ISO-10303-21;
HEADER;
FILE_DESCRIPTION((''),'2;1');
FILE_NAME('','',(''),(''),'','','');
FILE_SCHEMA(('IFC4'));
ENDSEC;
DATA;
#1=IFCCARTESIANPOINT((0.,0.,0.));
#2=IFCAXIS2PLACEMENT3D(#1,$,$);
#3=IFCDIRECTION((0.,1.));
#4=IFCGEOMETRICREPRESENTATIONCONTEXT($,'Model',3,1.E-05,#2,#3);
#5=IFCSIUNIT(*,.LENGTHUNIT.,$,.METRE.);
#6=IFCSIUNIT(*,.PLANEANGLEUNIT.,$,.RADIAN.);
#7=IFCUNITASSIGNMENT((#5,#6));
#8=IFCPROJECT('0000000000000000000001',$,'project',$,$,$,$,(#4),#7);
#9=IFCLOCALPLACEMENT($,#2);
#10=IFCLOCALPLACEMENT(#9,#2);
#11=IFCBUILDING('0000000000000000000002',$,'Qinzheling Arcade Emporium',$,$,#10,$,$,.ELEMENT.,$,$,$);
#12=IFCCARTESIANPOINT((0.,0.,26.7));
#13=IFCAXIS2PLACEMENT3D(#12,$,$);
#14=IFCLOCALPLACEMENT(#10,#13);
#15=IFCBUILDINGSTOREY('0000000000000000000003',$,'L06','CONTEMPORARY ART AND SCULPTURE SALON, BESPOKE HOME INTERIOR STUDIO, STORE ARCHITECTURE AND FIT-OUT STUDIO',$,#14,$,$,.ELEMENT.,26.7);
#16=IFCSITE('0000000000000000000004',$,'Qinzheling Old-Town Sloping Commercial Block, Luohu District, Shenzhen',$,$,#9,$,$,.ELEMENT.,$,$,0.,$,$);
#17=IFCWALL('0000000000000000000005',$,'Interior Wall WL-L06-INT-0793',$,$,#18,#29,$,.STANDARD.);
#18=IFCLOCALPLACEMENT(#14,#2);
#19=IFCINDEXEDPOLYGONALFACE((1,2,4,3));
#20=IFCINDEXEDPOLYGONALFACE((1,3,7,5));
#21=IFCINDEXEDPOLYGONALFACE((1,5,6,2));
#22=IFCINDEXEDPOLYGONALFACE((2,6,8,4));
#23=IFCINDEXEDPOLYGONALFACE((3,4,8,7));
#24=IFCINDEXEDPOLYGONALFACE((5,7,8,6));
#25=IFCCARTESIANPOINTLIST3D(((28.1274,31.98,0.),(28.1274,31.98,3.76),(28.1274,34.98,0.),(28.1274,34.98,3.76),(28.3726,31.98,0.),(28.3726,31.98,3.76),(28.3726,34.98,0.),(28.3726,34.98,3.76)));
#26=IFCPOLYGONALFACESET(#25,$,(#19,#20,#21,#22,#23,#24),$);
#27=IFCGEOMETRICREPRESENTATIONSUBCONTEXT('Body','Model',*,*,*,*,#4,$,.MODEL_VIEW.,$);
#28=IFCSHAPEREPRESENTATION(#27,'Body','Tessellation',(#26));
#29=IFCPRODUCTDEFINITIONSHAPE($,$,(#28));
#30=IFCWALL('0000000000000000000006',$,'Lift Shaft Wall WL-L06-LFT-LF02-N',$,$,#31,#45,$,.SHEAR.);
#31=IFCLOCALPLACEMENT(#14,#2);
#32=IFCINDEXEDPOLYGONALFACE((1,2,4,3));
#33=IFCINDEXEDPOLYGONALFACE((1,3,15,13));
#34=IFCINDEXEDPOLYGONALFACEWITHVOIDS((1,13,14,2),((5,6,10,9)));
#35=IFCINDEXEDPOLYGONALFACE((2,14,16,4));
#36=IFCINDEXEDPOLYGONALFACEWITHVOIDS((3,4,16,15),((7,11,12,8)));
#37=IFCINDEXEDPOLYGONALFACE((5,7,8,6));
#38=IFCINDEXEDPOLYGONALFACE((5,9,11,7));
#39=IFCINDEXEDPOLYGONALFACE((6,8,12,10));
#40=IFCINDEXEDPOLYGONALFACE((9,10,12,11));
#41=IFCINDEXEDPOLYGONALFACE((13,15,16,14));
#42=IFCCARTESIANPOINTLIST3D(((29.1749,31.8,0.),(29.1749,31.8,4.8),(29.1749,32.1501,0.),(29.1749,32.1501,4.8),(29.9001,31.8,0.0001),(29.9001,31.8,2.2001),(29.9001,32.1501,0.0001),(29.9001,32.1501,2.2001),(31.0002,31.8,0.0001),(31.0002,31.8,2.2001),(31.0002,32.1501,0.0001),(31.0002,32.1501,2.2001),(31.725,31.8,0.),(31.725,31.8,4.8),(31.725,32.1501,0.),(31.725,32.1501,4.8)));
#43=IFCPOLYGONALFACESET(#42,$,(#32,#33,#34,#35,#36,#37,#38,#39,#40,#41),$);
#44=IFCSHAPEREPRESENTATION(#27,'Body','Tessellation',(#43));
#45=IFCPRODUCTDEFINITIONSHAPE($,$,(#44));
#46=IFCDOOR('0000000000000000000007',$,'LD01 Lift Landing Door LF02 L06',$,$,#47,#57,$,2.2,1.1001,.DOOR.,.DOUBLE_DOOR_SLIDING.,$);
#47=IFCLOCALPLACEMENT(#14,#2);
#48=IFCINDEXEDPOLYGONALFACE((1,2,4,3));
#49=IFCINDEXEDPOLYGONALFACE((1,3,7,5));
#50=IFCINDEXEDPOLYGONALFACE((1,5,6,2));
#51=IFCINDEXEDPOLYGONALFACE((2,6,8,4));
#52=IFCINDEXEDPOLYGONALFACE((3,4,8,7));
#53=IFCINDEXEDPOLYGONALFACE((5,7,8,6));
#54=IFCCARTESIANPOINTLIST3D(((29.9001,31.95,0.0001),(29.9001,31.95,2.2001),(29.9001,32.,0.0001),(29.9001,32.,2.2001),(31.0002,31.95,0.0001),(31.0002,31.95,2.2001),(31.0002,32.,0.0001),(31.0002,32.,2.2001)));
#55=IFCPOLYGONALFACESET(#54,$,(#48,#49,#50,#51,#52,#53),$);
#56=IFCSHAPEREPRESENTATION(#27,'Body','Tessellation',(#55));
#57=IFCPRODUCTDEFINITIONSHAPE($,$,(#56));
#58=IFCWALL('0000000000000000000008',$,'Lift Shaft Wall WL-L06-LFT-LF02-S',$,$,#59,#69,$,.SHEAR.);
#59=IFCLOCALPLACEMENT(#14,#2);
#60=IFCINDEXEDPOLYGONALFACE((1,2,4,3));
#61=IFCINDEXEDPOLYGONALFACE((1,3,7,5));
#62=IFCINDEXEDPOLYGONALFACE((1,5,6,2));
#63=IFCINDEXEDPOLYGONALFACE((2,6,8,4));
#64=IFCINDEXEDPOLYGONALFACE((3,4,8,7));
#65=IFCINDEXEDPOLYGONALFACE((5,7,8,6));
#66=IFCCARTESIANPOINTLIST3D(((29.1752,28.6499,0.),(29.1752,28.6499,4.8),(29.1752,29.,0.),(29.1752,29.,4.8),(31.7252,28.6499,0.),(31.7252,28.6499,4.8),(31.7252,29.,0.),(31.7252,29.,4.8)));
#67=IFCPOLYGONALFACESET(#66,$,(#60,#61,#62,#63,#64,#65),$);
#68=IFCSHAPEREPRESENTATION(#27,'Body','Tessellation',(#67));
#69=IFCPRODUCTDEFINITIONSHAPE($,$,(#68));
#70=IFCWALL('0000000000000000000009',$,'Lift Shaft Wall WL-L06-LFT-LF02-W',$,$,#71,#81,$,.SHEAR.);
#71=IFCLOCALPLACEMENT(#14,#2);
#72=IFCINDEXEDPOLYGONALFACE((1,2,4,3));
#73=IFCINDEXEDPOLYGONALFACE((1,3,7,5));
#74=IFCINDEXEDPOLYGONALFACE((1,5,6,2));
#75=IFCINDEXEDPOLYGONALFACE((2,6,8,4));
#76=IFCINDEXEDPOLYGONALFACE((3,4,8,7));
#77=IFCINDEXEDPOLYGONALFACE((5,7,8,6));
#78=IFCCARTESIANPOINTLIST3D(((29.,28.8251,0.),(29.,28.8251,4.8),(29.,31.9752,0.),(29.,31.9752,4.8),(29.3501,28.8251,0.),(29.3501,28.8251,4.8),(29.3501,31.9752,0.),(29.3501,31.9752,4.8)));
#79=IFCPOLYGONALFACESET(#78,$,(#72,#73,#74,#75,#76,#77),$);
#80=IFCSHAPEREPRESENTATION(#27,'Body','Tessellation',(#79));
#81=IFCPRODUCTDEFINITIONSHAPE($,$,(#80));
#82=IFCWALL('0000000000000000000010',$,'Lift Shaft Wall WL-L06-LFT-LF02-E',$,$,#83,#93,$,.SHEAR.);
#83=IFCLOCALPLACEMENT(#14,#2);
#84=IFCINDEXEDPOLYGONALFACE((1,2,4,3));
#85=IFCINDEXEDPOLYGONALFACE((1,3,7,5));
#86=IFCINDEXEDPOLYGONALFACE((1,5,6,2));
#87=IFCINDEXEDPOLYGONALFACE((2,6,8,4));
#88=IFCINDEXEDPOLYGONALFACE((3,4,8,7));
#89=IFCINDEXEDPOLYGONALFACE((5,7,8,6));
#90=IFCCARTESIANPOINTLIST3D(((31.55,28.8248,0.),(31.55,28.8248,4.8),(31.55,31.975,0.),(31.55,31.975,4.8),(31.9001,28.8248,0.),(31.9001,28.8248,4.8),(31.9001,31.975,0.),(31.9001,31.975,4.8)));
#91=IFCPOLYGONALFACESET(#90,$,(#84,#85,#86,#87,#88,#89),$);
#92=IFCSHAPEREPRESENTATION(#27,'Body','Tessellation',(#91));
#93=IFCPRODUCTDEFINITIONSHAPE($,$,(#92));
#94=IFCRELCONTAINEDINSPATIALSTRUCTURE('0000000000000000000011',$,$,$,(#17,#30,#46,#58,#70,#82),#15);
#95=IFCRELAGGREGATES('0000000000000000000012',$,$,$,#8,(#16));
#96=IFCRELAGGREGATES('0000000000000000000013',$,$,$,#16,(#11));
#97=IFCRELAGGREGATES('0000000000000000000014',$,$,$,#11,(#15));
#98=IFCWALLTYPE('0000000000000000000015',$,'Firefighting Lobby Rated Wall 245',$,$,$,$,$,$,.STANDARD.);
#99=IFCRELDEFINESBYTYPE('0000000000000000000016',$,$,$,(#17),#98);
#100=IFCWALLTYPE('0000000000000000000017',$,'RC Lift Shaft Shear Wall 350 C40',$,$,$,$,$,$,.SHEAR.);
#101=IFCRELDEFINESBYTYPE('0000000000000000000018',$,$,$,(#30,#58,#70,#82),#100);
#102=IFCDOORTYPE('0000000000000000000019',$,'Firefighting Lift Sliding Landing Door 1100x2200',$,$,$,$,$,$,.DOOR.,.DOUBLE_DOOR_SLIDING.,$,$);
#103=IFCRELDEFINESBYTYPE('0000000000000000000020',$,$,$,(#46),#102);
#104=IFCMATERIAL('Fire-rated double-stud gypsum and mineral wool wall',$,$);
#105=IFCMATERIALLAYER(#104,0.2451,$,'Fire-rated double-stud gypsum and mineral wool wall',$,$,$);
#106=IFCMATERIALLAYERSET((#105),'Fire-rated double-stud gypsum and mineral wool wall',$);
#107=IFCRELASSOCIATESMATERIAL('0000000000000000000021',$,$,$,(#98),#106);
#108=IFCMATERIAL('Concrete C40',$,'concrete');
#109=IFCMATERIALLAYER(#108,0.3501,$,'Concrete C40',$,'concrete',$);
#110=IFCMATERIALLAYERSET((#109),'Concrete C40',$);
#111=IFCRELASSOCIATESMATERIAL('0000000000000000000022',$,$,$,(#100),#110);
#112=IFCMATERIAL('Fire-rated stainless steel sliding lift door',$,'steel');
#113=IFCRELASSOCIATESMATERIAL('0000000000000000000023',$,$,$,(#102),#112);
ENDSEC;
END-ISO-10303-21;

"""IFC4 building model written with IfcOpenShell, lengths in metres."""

from ifc_helpers import new_model, si_unit, direction, frame, frame_2d, origin, place, context, subcontext, project, spatial, rectangle, extrude, material, layer, layer_set, type_object, element, fill, save


model = new_model("IFC4")

# Units and contexts
model_context = context("Model", 3, precision=1e-05, world=origin(), true_north=direction((0.0, 1.0)))
body_context = subcontext(model_context, "Body", "Model", "MODEL_VIEW")
ifc_project = project(units=[si_unit("LENGTHUNIT", "METRE"), si_unit("PLANEANGLEUNIT", "RADIAN")], contexts=[model_context])

# Site, building, storey
site_placement = place(None, origin())
site = spatial("IfcSite", under=ifc_project, at=site_placement, Name="Qinzheling Old-Town Sloping Commercial Block, Luohu District, Shenzhen", CompositionType="ELEMENT", RefElevation=0.0)
building_placement = place(site_placement, origin())
building = spatial("IfcBuilding", under=site, at=building_placement, Name="Qinzheling Arcade Emporium", CompositionType="ELEMENT")
storey_placement = place(building_placement, frame((0.0, 0.0, 26.7)))
storey = spatial("IfcBuildingStorey", under=building, at=storey_placement, Name="L06", Description="CONTEMPORARY ART AND SCULPTURE SALON, BESPOKE HOME INTERIOR STUDIO, STORE ARCHITECTURE AND FIT-OUT STUDIO", CompositionType="ELEMENT", Elevation=26.7)

# Shared definitions
ifc_material_1 = material(Name="Concrete C40", Category="concrete")

# Wall
ifc_material_2 = material(Name="Fire-rated double-stud gypsum and mineral wool wall")
ifc_layer_1 = layer(ifc_material_2, 0.2451, Name="Fire-rated double-stud gypsum and mineral wool wall")
ifc_layer_set_1 = layer_set([ifc_layer_1], Name="Fire-rated double-stud gypsum and mineral wool wall")
wall_type_1 = type_object("IfcWallType", Name="Firefighting Lobby Rated Wall 245", PredefinedType="STANDARD", material=ifc_layer_set_1)
wall_1_placement = place(storey_placement, frame((28.25, 31.98, 0.0), z_axis=(0.0, 0.0, 1.0), x_axis=(0.0, 1.0, 0.0)))
element("IfcWall", 1, at=wall_1_placement, inside=storey, type_object=wall_type_1, Name="Interior Wall WL-L06-INT-0793", PredefinedType="STANDARD", context=body_context, shape_type="SweptSolid", body=[
    extrude(rectangle(XDim=3.0, YDim=0.2451, at=frame_2d((1.5, 0.0))), origin(), (0.0, 0.0, 1.0), 3.76),
])

# Wall, opening, door
ifc_layer_2 = layer(ifc_material_1, 0.3501, Name="Concrete C40", Category="concrete")
ifc_layer_set_2 = layer_set([ifc_layer_2], Name="Concrete C40")
wall_type_2 = type_object("IfcWallType", Name="RC Lift Shaft Shear Wall 350 C40", PredefinedType="SHEAR", material=ifc_layer_set_2)
wall_2_placement = place(storey_placement, frame((29.175, 31.9751, 0.0), z_axis=(0.0, 0.0, 1.0), x_axis=(1.0, 0.0, 0.0)))
wall_2 = element("IfcWall", 2, at=wall_2_placement, inside=storey, type_object=wall_type_2, Name="Lift Shaft Wall WL-L06-LFT-LF02-N", PredefinedType="SHEAR", context=body_context, shape_type="SweptSolid", body=[
    extrude(rectangle(XDim=2.55, YDim=0.3501, at=frame_2d((1.2749, 0.0))), origin(), (0.0, 0.0, 1.0), 4.8),
])
opening_placement = place(wall_2_placement, frame((0.7251, 0.0, 0.0)))
opening = element("IfcOpeningElement", 3, at=opening_placement, cuts=wall_2, PredefinedType="OPENING", context=body_context, shape_type="SweptSolid", body=[
    extrude(rectangle(XDim=1.1001, YDim=2.2, at=frame_2d((0.55, 1.1001))), frame((0.0, 0.1851, 0.0), z_axis=(0.0, -1.0, 0.0), x_axis=(1.0, 0.0, 0.0)), (0.0, 0.0, 1.0), 0.3701),
])
ifc_material_3 = material(Name="Fire-rated stainless steel sliding lift door", Category="steel")
door_type = type_object("IfcDoorType", Name="Firefighting Lift Sliding Landing Door 1100x2200", OperationType="DOUBLE_DOOR_SLIDING", PredefinedType="DOOR", material=ifc_material_3)
door_placement = place(opening_placement, origin())
door = element("IfcDoor", 4, at=door_placement, inside=storey, type_object=door_type, Name="LD01 Lift Landing Door LF02 L06", OperationType="DOUBLE_DOOR_SLIDING", OverallHeight=2.2, OverallWidth=1.1001, PredefinedType="DOOR", context=body_context, shape_type="SweptSolid", body=[
    extrude(rectangle(XDim=1.1001, YDim=2.2, at=frame_2d((0.55, 1.1001))), frame((0.0, 0.0249, 0.0), z_axis=(0.0, -1.0, 0.0), x_axis=(1.0, 0.0, 0.0)), (0.0, 0.0, 1.0), 0.05),
])
fill(opening, door)

# Walls
wall_3_placement = place(storey_placement, frame((31.7251, 28.825, 0.0), z_axis=(0.0, 0.0, 1.0), x_axis=(-1.0, 0.0, 0.0)))
element("IfcWall", 5, at=wall_3_placement, inside=storey, type_object=wall_type_2, Name="Lift Shaft Wall WL-L06-LFT-LF02-S", PredefinedType="SHEAR", context=body_context, shape_type="SweptSolid", body=[
    extrude(rectangle(XDim=2.55, YDim=0.3501, at=frame_2d((1.2749, 0.0))), origin(), (0.0, 0.0, 1.0), 4.8),
])
for number, where, z_axis, x_axis, name in (
    (6, (29.175, 28.825, 0.0), (0.0, 0.0, 1.0), (0.0, 1.0, 0.0), "Lift Shaft Wall WL-L06-LFT-LF02-W"),
    (7, (31.7251, 31.9751, 0.0), (0.0, 0.0, 1.0), (0.0, -1.0, 0.0), "Lift Shaft Wall WL-L06-LFT-LF02-E"),
):
    element("IfcWall", number, at=place(storey_placement, frame(where, z_axis=z_axis, x_axis=x_axis)), inside=storey, type_object=wall_type_2, Name=name, PredefinedType="SHEAR", context=body_context, shape_type="SweptSolid", body=[
        extrude(rectangle(XDim=3.1501, YDim=0.3501, at=frame_2d((1.5752, 0.0))), origin(), (0.0, 0.0, 1.0), 4.8),
    ])

save(model, "model.ifc")
